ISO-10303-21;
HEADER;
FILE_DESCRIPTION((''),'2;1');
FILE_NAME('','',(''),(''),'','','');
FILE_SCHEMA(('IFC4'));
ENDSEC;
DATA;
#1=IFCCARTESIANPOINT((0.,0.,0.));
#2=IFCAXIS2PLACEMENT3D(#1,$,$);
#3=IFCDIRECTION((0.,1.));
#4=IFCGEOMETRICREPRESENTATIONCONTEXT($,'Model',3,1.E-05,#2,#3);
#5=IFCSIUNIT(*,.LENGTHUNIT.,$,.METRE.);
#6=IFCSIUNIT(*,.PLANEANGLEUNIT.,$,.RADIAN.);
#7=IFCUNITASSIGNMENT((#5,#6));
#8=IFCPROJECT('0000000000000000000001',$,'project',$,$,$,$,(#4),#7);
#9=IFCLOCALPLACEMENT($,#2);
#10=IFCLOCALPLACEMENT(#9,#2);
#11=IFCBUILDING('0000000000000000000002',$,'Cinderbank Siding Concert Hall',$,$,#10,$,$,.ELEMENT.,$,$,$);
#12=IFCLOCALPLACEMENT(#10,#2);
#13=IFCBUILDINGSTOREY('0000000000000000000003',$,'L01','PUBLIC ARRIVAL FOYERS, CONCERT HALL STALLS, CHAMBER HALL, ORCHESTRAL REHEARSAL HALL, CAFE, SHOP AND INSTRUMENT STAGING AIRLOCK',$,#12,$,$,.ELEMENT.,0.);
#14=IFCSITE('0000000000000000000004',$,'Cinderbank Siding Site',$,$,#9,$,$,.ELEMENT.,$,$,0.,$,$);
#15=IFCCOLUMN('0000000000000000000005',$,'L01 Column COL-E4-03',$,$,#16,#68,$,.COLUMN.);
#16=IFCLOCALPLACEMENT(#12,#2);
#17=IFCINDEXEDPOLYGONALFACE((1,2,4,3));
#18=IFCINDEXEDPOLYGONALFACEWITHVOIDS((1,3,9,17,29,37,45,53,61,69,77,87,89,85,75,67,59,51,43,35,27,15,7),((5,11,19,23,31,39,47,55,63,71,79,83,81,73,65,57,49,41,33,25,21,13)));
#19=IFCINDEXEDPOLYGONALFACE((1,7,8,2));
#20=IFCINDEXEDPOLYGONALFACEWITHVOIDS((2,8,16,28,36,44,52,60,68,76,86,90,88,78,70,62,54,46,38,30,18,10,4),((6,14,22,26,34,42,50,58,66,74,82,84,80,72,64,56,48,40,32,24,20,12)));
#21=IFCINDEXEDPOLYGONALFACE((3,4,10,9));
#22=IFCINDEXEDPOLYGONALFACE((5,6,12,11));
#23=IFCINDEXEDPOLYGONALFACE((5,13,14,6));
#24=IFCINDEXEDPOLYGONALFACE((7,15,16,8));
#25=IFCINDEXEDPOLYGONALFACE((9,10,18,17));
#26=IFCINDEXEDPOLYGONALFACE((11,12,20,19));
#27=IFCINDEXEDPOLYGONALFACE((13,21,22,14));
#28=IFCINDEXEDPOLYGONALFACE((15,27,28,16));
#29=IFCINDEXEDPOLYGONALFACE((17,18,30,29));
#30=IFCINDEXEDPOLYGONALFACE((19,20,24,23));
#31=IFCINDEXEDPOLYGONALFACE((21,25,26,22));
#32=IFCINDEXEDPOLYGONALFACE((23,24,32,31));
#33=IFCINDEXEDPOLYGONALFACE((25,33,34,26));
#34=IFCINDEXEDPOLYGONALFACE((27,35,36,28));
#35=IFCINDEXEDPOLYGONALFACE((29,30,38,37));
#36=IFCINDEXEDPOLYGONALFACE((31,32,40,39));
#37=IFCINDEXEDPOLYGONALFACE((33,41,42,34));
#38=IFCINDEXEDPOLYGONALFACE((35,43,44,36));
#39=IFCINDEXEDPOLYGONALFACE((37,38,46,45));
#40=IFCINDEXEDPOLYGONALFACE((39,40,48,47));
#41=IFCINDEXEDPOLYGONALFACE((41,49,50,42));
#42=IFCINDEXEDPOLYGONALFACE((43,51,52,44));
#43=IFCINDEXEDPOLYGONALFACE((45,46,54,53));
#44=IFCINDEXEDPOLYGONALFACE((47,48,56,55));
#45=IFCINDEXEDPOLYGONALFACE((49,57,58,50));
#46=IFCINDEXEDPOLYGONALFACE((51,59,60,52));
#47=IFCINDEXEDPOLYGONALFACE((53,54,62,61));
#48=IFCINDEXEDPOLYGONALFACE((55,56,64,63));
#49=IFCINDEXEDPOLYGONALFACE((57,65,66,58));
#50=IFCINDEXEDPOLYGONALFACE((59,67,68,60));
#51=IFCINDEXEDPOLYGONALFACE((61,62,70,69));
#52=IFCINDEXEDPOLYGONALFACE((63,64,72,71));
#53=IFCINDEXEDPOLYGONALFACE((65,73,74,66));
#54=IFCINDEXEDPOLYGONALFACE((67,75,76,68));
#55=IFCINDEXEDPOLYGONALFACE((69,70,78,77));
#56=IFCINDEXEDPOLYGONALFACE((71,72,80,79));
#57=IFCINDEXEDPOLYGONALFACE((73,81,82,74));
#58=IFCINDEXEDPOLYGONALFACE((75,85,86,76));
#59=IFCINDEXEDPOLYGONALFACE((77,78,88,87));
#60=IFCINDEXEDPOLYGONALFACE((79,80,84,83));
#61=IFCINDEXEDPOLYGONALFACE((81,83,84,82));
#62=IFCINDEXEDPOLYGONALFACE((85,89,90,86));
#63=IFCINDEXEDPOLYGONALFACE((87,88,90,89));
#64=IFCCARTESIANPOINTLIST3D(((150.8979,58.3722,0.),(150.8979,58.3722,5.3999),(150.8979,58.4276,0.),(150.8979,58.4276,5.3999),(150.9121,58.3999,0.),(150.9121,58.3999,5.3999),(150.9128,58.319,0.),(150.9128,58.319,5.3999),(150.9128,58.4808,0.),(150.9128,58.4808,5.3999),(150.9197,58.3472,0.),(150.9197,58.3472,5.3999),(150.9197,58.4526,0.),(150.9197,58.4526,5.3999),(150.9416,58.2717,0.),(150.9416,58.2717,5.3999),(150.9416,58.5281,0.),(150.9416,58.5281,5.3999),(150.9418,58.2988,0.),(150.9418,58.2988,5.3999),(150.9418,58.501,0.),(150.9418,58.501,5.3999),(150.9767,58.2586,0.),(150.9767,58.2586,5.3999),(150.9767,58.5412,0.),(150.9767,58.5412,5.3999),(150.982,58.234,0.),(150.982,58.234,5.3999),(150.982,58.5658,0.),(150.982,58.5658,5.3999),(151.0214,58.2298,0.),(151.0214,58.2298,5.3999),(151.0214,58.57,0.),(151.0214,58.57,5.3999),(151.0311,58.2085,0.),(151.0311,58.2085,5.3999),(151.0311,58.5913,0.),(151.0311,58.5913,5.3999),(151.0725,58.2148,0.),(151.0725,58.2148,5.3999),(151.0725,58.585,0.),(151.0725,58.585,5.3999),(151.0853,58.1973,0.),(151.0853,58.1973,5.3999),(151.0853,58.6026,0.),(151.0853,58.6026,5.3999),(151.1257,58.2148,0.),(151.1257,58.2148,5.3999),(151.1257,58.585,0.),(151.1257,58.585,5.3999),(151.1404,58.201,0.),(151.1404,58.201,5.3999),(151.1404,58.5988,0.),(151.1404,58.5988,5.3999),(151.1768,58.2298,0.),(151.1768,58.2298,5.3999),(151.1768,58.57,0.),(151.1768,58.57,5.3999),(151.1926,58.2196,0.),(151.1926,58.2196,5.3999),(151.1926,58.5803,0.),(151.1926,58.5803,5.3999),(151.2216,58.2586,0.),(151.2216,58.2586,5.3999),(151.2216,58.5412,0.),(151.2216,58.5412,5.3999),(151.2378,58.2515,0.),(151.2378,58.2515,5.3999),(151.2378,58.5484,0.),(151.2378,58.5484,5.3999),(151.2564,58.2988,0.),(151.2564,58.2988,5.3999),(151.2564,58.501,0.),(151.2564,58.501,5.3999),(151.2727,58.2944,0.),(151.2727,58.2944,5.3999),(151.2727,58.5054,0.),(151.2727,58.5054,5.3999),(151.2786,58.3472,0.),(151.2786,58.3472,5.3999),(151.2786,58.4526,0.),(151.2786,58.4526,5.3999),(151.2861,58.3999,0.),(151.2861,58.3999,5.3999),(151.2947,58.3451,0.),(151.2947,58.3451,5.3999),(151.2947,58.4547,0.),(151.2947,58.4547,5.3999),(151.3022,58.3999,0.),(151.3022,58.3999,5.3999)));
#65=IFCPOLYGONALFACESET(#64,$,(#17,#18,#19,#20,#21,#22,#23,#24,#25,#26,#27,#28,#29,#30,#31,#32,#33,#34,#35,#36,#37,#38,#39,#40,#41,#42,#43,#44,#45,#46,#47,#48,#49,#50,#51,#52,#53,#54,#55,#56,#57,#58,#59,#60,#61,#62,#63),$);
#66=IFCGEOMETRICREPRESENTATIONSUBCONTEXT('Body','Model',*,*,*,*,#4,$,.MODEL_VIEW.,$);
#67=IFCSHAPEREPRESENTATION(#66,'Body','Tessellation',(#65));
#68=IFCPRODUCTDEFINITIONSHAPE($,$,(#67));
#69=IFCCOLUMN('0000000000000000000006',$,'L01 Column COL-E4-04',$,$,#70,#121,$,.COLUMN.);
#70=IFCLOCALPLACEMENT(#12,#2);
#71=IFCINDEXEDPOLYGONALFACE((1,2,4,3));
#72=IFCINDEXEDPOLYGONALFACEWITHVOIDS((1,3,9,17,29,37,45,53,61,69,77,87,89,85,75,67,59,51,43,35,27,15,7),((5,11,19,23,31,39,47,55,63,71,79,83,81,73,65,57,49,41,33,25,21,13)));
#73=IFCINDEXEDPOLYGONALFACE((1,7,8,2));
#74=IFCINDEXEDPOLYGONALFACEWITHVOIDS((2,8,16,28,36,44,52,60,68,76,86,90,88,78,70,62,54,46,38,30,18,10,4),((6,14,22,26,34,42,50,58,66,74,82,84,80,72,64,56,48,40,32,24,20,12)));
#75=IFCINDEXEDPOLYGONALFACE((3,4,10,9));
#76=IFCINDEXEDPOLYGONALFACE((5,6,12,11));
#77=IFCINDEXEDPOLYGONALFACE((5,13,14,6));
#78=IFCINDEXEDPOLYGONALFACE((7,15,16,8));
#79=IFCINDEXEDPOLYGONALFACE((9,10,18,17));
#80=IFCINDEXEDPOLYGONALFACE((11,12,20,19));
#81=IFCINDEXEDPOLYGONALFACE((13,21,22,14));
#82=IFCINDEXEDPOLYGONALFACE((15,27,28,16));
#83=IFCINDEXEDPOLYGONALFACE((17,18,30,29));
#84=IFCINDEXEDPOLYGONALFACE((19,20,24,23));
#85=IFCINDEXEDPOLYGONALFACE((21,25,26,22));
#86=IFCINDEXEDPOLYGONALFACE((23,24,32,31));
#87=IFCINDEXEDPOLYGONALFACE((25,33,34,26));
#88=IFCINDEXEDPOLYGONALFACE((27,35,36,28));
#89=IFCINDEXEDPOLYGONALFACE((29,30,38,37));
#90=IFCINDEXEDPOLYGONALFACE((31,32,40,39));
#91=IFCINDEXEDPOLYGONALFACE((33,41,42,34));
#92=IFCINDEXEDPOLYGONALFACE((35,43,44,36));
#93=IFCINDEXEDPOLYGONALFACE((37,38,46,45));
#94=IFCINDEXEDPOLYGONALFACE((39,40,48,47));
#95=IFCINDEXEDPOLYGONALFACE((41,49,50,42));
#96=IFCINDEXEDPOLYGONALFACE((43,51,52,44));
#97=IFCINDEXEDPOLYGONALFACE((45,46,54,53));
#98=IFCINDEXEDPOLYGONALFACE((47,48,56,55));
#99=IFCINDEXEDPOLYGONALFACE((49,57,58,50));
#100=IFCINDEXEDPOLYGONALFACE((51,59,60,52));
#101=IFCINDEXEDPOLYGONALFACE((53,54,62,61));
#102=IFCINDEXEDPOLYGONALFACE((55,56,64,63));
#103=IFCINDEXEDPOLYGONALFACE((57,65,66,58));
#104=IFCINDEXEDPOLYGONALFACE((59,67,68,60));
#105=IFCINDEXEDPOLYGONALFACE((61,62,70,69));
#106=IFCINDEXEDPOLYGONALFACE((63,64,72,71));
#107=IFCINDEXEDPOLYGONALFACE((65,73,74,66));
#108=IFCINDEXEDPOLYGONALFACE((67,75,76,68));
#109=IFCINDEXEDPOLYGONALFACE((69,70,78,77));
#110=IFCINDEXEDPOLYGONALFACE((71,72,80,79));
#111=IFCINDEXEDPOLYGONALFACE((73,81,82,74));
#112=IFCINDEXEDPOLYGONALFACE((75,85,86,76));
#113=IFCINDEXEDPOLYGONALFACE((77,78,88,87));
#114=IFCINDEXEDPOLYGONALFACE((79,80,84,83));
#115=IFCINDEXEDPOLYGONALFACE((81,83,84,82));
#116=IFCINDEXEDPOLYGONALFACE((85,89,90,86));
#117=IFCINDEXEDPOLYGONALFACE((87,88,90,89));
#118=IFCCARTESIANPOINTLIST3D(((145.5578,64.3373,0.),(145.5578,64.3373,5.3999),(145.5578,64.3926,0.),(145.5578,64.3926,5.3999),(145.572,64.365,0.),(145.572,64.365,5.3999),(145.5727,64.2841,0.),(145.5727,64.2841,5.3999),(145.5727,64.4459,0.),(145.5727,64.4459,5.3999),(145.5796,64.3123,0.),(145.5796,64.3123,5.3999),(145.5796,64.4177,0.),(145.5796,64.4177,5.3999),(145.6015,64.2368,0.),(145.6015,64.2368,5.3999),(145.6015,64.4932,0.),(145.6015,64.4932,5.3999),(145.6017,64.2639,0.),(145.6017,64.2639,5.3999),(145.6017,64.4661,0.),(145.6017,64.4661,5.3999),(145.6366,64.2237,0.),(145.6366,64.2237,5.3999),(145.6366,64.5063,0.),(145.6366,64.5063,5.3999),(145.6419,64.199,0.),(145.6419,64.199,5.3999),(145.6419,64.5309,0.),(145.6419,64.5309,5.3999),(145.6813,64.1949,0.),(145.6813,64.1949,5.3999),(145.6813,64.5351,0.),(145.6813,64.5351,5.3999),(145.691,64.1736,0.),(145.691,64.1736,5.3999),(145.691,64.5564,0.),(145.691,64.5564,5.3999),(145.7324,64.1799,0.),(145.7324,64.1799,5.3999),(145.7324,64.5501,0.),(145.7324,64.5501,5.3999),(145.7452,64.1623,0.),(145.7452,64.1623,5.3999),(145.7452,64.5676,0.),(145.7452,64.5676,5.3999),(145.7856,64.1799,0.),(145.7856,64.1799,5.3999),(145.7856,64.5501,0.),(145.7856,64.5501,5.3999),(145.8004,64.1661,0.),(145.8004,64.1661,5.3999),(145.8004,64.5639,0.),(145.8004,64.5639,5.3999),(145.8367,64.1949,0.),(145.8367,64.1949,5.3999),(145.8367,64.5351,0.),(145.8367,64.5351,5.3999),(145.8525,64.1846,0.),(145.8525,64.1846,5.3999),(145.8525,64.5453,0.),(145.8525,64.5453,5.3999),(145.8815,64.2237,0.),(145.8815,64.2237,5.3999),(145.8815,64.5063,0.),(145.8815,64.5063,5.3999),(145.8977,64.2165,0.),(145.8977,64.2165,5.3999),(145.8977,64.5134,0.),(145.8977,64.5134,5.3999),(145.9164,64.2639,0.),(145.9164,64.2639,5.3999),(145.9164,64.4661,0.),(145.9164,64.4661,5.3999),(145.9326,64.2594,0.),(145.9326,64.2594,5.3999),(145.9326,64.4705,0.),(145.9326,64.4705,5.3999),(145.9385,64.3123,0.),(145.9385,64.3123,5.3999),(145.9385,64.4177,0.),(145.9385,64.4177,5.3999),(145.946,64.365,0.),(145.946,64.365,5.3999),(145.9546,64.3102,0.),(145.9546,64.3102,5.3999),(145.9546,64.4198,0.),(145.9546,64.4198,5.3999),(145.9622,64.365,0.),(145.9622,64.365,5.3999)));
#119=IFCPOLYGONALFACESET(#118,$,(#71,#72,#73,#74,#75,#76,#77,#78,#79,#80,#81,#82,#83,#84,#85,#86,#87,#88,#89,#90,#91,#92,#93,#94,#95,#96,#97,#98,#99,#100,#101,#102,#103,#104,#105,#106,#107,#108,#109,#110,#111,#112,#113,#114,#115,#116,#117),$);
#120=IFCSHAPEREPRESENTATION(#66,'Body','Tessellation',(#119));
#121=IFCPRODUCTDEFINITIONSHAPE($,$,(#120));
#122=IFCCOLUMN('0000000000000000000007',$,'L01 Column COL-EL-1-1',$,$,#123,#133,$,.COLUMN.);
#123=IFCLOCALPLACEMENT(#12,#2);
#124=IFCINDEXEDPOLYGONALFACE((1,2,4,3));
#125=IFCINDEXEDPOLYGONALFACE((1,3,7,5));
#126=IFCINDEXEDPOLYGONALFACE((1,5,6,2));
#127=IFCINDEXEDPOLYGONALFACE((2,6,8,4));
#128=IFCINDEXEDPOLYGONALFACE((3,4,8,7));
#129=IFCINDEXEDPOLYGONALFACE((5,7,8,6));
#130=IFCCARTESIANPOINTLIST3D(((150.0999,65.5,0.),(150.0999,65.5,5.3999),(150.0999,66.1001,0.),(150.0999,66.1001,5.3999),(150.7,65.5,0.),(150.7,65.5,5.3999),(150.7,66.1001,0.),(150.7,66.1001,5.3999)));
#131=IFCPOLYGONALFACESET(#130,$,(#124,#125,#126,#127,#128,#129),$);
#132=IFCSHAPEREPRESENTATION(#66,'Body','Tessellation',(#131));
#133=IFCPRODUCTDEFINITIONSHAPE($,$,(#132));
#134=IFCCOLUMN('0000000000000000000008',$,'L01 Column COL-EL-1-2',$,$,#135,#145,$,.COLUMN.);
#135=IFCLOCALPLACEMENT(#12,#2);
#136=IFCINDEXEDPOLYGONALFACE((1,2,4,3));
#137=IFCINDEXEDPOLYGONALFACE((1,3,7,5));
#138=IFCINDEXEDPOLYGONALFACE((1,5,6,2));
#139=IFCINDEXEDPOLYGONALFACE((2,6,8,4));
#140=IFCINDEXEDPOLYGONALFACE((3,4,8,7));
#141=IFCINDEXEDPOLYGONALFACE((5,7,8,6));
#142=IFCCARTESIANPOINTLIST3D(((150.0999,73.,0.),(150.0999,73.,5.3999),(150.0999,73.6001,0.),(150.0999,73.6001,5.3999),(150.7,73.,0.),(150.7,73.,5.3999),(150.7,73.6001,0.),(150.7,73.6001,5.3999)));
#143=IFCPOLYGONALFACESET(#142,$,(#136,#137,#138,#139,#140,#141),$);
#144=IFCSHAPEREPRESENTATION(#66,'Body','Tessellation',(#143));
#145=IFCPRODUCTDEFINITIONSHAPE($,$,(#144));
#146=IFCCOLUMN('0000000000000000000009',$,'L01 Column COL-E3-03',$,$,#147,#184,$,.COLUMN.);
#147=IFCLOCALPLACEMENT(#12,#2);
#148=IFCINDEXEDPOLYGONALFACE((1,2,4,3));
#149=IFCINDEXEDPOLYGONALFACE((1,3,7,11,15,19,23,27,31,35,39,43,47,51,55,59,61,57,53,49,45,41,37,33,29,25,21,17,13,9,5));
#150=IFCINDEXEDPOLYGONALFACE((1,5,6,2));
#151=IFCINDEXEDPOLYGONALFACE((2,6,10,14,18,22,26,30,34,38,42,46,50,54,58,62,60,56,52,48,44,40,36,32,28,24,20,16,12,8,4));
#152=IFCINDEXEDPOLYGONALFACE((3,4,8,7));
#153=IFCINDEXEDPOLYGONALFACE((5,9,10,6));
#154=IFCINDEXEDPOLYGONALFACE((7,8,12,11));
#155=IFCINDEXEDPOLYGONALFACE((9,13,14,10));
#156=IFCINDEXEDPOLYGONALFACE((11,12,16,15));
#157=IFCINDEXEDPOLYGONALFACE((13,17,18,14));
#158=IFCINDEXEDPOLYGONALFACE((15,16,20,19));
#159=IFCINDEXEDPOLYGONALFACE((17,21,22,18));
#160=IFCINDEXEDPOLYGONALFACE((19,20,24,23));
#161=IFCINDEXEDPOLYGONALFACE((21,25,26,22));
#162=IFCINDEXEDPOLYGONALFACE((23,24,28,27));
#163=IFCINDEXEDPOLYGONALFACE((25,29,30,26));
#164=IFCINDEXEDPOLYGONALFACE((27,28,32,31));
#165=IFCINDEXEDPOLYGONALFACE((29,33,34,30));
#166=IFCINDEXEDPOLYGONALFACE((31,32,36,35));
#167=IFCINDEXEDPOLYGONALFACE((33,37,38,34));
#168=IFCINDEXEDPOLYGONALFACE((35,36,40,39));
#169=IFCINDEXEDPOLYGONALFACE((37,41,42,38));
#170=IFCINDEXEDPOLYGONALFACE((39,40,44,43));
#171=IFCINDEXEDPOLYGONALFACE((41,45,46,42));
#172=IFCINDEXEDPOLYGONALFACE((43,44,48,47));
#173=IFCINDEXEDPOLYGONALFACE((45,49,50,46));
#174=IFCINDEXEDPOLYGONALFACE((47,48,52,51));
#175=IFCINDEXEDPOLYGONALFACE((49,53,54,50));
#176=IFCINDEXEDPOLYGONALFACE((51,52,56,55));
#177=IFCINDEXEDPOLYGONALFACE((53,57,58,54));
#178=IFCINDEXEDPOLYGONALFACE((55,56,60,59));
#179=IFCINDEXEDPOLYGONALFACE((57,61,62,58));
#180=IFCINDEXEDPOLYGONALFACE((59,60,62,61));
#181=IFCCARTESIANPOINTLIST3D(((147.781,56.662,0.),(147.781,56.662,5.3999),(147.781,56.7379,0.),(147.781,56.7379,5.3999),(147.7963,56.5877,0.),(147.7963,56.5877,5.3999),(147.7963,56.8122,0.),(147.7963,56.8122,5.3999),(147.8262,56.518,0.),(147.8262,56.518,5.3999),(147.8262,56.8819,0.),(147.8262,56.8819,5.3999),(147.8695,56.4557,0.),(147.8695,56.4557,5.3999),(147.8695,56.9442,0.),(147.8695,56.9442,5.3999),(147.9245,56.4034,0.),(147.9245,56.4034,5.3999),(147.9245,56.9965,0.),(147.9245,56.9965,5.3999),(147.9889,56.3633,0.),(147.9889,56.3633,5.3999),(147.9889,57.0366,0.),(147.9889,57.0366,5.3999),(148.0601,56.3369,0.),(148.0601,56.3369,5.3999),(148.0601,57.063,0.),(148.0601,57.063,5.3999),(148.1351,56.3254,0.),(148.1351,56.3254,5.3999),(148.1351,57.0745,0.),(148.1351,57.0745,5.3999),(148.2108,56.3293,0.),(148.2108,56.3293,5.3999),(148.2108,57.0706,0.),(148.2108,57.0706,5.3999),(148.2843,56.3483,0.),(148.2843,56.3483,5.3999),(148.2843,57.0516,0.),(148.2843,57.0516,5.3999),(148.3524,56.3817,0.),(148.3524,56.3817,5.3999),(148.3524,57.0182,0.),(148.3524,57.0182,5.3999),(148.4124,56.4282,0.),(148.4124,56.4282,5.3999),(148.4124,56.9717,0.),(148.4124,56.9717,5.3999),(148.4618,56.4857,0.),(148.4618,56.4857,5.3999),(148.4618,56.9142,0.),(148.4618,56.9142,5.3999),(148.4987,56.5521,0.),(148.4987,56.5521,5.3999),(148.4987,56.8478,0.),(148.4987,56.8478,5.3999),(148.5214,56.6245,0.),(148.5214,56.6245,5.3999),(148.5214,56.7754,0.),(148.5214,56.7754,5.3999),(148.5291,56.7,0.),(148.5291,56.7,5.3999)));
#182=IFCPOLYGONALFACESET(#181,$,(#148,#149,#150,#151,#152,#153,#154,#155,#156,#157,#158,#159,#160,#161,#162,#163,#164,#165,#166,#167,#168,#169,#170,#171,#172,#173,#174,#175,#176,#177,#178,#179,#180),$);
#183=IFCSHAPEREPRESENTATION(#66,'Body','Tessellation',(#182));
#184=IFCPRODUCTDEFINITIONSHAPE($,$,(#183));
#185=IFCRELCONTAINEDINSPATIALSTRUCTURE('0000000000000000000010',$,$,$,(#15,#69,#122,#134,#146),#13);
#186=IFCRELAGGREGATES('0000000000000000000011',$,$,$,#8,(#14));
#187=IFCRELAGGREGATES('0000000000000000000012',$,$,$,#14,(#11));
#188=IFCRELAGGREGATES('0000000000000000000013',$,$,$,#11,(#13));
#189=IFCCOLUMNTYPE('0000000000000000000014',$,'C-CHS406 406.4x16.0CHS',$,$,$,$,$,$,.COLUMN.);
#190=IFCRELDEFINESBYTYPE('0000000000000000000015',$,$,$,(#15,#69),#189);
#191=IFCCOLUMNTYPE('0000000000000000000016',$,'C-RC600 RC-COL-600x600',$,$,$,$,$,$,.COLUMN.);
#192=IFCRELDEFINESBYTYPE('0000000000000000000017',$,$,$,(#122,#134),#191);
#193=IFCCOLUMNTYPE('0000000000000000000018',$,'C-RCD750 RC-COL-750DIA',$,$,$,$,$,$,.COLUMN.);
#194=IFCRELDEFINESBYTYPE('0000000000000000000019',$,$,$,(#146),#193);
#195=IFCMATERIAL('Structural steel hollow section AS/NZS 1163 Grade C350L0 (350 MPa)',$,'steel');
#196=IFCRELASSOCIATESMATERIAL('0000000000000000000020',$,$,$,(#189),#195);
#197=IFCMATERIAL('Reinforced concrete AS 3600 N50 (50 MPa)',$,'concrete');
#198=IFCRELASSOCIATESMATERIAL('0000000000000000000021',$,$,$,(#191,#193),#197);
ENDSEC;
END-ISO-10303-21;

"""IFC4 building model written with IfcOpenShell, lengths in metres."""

from ifc_helpers import new_model, si_unit, direction, frame, origin, origin_2d, place, context, subcontext, project, spatial, rectangle, circle, hollow_circle, extrude, material, material_profile, profile_set, type_object, element, save


model = new_model("IFC4")

# Units and contexts
model_context = context("Model", 3, precision=1e-05, world=origin(), true_north=direction((0.0, 1.0)))
body_context = subcontext(model_context, "Body", "Model", "MODEL_VIEW")
ifc_project = project(units=[si_unit("LENGTHUNIT", "METRE"), si_unit("PLANEANGLEUNIT", "RADIAN")], contexts=[model_context])

# Site, building, storey
site_placement = place(None, origin())
site = spatial("IfcSite", under=ifc_project, at=site_placement, Name="Cinderbank Siding Site", CompositionType="ELEMENT", RefElevation=0.0)
building_placement = place(site_placement, origin())
building = spatial("IfcBuilding", under=site, at=building_placement, Name="Cinderbank Siding Concert Hall", CompositionType="ELEMENT")
storey_placement = place(building_placement, origin())
storey = spatial("IfcBuildingStorey", under=building, at=storey_placement, Name="L01", Description="PUBLIC ARRIVAL FOYERS, CONCERT HALL STALLS, CHAMBER HALL, ORCHESTRAL REHEARSAL HALL, CAFE, SHOP AND INSTRUMENT STAGING AIRLOCK", CompositionType="ELEMENT", Elevation=0.0)

# Columns
ifc_material_1 = material(Name="Structural steel hollow section AS/NZS 1163 Grade C350L0 (350 MPa)", Category="steel")
ifc_material_profile_1 = material_profile(ifc_material_1, hollow_circle(Radius=0.2031, WallThickness=0.0161, at=origin_2d()), Name="406.4x16.0CHS", Category="LoadBearing")
ifc_profile_set_1 = profile_set([ifc_material_profile_1], Name="Structural steel hollow section AS/NZS 1163 Grade C350L0 (350 MPa)")
column_type_1 = type_object("IfcColumnType", Name="C-CHS406 406.4x16.0CHS", PredefinedType="COLUMN", material=ifc_profile_set_1)
for number, where, z_axis, x_axis, name in (
    (1, (151.0991, 58.3999, 0.0), (0.0, 0.0, 1.0), (1.0, 0.0, 0.0), "L01 Column COL-E4-03"),
    (2, (145.759, 64.365, 0.0), (0.0, 0.0, 1.0), (1.0, 0.0, 0.0), "L01 Column COL-E4-04"),
):
    element("IfcColumn", number, at=place(storey_placement, frame(where, z_axis=z_axis, x_axis=x_axis)), inside=storey, type_object=column_type_1, Name=name, PredefinedType="COLUMN", context=body_context, shape_type="SweptSolid", body=[
        extrude(hollow_circle(Radius=0.2031, WallThickness=0.0161, at=origin_2d()), origin(), (0.0, 0.0, 1.0), 5.3999),
    ])
ifc_material_2 = material(Name="Reinforced concrete AS 3600 N50 (50 MPa)", Category="concrete")
ifc_material_profile_2 = material_profile(ifc_material_2, rectangle(XDim=0.6001, YDim=0.6001, at=origin_2d()), Name="RC-COL-600x600", Category="LoadBearing")
ifc_profile_set_2 = profile_set([ifc_material_profile_2], Name="Reinforced concrete AS 3600 N50 (50 MPa)")
column_type_2 = type_object("IfcColumnType", Name="C-RC600 RC-COL-600x600", PredefinedType="COLUMN", material=ifc_profile_set_2)
for number, where, z_axis, x_axis, name in (
    (3, (150.3999, 65.8, 0.0), (0.0, 0.0, 1.0), (1.0, 0.0, 0.0), "L01 Column COL-EL-1-1"),
    (4, (150.3999, 73.3, 0.0), (0.0, 0.0, 1.0), (1.0, 0.0, 0.0), "L01 Column COL-EL-1-2"),
):
    element("IfcColumn", number, at=place(storey_placement, frame(where, z_axis=z_axis, x_axis=x_axis)), inside=storey, type_object=column_type_2, Name=name, PredefinedType="COLUMN", context=body_context, shape_type="SweptSolid", body=[
        extrude(rectangle(XDim=0.6001, YDim=0.6001, at=origin_2d()), origin(), (0.0, 0.0, 1.0), 5.3999),
    ])
ifc_material_profile_3 = material_profile(ifc_material_2, circle(Radius=0.375, at=origin_2d()), Name="RC-COL-750DIA", Category="LoadBearing")
ifc_profile_set_3 = profile_set([ifc_material_profile_3], Name="Reinforced concrete AS 3600 N50 (50 MPa)")
column_type_3 = type_object("IfcColumnType", Name="C-RCD750 RC-COL-750DIA", PredefinedType="COLUMN", material=ifc_profile_set_3)
column_1_placement = place(storey_placement, frame((148.1541, 56.7, 0.0), z_axis=(0.0, 0.0, 1.0), x_axis=(1.0, 0.0, 0.0)))
element("IfcColumn", 5, at=column_1_placement, inside=storey, type_object=column_type_3, Name="L01 Column COL-E3-03", PredefinedType="COLUMN", context=body_context, shape_type="SweptSolid", body=[
    extrude(circle(Radius=0.375, at=origin_2d()), origin(), (0.0, 0.0, 1.0), 5.3999),
])

save(model, "model.ifc")
